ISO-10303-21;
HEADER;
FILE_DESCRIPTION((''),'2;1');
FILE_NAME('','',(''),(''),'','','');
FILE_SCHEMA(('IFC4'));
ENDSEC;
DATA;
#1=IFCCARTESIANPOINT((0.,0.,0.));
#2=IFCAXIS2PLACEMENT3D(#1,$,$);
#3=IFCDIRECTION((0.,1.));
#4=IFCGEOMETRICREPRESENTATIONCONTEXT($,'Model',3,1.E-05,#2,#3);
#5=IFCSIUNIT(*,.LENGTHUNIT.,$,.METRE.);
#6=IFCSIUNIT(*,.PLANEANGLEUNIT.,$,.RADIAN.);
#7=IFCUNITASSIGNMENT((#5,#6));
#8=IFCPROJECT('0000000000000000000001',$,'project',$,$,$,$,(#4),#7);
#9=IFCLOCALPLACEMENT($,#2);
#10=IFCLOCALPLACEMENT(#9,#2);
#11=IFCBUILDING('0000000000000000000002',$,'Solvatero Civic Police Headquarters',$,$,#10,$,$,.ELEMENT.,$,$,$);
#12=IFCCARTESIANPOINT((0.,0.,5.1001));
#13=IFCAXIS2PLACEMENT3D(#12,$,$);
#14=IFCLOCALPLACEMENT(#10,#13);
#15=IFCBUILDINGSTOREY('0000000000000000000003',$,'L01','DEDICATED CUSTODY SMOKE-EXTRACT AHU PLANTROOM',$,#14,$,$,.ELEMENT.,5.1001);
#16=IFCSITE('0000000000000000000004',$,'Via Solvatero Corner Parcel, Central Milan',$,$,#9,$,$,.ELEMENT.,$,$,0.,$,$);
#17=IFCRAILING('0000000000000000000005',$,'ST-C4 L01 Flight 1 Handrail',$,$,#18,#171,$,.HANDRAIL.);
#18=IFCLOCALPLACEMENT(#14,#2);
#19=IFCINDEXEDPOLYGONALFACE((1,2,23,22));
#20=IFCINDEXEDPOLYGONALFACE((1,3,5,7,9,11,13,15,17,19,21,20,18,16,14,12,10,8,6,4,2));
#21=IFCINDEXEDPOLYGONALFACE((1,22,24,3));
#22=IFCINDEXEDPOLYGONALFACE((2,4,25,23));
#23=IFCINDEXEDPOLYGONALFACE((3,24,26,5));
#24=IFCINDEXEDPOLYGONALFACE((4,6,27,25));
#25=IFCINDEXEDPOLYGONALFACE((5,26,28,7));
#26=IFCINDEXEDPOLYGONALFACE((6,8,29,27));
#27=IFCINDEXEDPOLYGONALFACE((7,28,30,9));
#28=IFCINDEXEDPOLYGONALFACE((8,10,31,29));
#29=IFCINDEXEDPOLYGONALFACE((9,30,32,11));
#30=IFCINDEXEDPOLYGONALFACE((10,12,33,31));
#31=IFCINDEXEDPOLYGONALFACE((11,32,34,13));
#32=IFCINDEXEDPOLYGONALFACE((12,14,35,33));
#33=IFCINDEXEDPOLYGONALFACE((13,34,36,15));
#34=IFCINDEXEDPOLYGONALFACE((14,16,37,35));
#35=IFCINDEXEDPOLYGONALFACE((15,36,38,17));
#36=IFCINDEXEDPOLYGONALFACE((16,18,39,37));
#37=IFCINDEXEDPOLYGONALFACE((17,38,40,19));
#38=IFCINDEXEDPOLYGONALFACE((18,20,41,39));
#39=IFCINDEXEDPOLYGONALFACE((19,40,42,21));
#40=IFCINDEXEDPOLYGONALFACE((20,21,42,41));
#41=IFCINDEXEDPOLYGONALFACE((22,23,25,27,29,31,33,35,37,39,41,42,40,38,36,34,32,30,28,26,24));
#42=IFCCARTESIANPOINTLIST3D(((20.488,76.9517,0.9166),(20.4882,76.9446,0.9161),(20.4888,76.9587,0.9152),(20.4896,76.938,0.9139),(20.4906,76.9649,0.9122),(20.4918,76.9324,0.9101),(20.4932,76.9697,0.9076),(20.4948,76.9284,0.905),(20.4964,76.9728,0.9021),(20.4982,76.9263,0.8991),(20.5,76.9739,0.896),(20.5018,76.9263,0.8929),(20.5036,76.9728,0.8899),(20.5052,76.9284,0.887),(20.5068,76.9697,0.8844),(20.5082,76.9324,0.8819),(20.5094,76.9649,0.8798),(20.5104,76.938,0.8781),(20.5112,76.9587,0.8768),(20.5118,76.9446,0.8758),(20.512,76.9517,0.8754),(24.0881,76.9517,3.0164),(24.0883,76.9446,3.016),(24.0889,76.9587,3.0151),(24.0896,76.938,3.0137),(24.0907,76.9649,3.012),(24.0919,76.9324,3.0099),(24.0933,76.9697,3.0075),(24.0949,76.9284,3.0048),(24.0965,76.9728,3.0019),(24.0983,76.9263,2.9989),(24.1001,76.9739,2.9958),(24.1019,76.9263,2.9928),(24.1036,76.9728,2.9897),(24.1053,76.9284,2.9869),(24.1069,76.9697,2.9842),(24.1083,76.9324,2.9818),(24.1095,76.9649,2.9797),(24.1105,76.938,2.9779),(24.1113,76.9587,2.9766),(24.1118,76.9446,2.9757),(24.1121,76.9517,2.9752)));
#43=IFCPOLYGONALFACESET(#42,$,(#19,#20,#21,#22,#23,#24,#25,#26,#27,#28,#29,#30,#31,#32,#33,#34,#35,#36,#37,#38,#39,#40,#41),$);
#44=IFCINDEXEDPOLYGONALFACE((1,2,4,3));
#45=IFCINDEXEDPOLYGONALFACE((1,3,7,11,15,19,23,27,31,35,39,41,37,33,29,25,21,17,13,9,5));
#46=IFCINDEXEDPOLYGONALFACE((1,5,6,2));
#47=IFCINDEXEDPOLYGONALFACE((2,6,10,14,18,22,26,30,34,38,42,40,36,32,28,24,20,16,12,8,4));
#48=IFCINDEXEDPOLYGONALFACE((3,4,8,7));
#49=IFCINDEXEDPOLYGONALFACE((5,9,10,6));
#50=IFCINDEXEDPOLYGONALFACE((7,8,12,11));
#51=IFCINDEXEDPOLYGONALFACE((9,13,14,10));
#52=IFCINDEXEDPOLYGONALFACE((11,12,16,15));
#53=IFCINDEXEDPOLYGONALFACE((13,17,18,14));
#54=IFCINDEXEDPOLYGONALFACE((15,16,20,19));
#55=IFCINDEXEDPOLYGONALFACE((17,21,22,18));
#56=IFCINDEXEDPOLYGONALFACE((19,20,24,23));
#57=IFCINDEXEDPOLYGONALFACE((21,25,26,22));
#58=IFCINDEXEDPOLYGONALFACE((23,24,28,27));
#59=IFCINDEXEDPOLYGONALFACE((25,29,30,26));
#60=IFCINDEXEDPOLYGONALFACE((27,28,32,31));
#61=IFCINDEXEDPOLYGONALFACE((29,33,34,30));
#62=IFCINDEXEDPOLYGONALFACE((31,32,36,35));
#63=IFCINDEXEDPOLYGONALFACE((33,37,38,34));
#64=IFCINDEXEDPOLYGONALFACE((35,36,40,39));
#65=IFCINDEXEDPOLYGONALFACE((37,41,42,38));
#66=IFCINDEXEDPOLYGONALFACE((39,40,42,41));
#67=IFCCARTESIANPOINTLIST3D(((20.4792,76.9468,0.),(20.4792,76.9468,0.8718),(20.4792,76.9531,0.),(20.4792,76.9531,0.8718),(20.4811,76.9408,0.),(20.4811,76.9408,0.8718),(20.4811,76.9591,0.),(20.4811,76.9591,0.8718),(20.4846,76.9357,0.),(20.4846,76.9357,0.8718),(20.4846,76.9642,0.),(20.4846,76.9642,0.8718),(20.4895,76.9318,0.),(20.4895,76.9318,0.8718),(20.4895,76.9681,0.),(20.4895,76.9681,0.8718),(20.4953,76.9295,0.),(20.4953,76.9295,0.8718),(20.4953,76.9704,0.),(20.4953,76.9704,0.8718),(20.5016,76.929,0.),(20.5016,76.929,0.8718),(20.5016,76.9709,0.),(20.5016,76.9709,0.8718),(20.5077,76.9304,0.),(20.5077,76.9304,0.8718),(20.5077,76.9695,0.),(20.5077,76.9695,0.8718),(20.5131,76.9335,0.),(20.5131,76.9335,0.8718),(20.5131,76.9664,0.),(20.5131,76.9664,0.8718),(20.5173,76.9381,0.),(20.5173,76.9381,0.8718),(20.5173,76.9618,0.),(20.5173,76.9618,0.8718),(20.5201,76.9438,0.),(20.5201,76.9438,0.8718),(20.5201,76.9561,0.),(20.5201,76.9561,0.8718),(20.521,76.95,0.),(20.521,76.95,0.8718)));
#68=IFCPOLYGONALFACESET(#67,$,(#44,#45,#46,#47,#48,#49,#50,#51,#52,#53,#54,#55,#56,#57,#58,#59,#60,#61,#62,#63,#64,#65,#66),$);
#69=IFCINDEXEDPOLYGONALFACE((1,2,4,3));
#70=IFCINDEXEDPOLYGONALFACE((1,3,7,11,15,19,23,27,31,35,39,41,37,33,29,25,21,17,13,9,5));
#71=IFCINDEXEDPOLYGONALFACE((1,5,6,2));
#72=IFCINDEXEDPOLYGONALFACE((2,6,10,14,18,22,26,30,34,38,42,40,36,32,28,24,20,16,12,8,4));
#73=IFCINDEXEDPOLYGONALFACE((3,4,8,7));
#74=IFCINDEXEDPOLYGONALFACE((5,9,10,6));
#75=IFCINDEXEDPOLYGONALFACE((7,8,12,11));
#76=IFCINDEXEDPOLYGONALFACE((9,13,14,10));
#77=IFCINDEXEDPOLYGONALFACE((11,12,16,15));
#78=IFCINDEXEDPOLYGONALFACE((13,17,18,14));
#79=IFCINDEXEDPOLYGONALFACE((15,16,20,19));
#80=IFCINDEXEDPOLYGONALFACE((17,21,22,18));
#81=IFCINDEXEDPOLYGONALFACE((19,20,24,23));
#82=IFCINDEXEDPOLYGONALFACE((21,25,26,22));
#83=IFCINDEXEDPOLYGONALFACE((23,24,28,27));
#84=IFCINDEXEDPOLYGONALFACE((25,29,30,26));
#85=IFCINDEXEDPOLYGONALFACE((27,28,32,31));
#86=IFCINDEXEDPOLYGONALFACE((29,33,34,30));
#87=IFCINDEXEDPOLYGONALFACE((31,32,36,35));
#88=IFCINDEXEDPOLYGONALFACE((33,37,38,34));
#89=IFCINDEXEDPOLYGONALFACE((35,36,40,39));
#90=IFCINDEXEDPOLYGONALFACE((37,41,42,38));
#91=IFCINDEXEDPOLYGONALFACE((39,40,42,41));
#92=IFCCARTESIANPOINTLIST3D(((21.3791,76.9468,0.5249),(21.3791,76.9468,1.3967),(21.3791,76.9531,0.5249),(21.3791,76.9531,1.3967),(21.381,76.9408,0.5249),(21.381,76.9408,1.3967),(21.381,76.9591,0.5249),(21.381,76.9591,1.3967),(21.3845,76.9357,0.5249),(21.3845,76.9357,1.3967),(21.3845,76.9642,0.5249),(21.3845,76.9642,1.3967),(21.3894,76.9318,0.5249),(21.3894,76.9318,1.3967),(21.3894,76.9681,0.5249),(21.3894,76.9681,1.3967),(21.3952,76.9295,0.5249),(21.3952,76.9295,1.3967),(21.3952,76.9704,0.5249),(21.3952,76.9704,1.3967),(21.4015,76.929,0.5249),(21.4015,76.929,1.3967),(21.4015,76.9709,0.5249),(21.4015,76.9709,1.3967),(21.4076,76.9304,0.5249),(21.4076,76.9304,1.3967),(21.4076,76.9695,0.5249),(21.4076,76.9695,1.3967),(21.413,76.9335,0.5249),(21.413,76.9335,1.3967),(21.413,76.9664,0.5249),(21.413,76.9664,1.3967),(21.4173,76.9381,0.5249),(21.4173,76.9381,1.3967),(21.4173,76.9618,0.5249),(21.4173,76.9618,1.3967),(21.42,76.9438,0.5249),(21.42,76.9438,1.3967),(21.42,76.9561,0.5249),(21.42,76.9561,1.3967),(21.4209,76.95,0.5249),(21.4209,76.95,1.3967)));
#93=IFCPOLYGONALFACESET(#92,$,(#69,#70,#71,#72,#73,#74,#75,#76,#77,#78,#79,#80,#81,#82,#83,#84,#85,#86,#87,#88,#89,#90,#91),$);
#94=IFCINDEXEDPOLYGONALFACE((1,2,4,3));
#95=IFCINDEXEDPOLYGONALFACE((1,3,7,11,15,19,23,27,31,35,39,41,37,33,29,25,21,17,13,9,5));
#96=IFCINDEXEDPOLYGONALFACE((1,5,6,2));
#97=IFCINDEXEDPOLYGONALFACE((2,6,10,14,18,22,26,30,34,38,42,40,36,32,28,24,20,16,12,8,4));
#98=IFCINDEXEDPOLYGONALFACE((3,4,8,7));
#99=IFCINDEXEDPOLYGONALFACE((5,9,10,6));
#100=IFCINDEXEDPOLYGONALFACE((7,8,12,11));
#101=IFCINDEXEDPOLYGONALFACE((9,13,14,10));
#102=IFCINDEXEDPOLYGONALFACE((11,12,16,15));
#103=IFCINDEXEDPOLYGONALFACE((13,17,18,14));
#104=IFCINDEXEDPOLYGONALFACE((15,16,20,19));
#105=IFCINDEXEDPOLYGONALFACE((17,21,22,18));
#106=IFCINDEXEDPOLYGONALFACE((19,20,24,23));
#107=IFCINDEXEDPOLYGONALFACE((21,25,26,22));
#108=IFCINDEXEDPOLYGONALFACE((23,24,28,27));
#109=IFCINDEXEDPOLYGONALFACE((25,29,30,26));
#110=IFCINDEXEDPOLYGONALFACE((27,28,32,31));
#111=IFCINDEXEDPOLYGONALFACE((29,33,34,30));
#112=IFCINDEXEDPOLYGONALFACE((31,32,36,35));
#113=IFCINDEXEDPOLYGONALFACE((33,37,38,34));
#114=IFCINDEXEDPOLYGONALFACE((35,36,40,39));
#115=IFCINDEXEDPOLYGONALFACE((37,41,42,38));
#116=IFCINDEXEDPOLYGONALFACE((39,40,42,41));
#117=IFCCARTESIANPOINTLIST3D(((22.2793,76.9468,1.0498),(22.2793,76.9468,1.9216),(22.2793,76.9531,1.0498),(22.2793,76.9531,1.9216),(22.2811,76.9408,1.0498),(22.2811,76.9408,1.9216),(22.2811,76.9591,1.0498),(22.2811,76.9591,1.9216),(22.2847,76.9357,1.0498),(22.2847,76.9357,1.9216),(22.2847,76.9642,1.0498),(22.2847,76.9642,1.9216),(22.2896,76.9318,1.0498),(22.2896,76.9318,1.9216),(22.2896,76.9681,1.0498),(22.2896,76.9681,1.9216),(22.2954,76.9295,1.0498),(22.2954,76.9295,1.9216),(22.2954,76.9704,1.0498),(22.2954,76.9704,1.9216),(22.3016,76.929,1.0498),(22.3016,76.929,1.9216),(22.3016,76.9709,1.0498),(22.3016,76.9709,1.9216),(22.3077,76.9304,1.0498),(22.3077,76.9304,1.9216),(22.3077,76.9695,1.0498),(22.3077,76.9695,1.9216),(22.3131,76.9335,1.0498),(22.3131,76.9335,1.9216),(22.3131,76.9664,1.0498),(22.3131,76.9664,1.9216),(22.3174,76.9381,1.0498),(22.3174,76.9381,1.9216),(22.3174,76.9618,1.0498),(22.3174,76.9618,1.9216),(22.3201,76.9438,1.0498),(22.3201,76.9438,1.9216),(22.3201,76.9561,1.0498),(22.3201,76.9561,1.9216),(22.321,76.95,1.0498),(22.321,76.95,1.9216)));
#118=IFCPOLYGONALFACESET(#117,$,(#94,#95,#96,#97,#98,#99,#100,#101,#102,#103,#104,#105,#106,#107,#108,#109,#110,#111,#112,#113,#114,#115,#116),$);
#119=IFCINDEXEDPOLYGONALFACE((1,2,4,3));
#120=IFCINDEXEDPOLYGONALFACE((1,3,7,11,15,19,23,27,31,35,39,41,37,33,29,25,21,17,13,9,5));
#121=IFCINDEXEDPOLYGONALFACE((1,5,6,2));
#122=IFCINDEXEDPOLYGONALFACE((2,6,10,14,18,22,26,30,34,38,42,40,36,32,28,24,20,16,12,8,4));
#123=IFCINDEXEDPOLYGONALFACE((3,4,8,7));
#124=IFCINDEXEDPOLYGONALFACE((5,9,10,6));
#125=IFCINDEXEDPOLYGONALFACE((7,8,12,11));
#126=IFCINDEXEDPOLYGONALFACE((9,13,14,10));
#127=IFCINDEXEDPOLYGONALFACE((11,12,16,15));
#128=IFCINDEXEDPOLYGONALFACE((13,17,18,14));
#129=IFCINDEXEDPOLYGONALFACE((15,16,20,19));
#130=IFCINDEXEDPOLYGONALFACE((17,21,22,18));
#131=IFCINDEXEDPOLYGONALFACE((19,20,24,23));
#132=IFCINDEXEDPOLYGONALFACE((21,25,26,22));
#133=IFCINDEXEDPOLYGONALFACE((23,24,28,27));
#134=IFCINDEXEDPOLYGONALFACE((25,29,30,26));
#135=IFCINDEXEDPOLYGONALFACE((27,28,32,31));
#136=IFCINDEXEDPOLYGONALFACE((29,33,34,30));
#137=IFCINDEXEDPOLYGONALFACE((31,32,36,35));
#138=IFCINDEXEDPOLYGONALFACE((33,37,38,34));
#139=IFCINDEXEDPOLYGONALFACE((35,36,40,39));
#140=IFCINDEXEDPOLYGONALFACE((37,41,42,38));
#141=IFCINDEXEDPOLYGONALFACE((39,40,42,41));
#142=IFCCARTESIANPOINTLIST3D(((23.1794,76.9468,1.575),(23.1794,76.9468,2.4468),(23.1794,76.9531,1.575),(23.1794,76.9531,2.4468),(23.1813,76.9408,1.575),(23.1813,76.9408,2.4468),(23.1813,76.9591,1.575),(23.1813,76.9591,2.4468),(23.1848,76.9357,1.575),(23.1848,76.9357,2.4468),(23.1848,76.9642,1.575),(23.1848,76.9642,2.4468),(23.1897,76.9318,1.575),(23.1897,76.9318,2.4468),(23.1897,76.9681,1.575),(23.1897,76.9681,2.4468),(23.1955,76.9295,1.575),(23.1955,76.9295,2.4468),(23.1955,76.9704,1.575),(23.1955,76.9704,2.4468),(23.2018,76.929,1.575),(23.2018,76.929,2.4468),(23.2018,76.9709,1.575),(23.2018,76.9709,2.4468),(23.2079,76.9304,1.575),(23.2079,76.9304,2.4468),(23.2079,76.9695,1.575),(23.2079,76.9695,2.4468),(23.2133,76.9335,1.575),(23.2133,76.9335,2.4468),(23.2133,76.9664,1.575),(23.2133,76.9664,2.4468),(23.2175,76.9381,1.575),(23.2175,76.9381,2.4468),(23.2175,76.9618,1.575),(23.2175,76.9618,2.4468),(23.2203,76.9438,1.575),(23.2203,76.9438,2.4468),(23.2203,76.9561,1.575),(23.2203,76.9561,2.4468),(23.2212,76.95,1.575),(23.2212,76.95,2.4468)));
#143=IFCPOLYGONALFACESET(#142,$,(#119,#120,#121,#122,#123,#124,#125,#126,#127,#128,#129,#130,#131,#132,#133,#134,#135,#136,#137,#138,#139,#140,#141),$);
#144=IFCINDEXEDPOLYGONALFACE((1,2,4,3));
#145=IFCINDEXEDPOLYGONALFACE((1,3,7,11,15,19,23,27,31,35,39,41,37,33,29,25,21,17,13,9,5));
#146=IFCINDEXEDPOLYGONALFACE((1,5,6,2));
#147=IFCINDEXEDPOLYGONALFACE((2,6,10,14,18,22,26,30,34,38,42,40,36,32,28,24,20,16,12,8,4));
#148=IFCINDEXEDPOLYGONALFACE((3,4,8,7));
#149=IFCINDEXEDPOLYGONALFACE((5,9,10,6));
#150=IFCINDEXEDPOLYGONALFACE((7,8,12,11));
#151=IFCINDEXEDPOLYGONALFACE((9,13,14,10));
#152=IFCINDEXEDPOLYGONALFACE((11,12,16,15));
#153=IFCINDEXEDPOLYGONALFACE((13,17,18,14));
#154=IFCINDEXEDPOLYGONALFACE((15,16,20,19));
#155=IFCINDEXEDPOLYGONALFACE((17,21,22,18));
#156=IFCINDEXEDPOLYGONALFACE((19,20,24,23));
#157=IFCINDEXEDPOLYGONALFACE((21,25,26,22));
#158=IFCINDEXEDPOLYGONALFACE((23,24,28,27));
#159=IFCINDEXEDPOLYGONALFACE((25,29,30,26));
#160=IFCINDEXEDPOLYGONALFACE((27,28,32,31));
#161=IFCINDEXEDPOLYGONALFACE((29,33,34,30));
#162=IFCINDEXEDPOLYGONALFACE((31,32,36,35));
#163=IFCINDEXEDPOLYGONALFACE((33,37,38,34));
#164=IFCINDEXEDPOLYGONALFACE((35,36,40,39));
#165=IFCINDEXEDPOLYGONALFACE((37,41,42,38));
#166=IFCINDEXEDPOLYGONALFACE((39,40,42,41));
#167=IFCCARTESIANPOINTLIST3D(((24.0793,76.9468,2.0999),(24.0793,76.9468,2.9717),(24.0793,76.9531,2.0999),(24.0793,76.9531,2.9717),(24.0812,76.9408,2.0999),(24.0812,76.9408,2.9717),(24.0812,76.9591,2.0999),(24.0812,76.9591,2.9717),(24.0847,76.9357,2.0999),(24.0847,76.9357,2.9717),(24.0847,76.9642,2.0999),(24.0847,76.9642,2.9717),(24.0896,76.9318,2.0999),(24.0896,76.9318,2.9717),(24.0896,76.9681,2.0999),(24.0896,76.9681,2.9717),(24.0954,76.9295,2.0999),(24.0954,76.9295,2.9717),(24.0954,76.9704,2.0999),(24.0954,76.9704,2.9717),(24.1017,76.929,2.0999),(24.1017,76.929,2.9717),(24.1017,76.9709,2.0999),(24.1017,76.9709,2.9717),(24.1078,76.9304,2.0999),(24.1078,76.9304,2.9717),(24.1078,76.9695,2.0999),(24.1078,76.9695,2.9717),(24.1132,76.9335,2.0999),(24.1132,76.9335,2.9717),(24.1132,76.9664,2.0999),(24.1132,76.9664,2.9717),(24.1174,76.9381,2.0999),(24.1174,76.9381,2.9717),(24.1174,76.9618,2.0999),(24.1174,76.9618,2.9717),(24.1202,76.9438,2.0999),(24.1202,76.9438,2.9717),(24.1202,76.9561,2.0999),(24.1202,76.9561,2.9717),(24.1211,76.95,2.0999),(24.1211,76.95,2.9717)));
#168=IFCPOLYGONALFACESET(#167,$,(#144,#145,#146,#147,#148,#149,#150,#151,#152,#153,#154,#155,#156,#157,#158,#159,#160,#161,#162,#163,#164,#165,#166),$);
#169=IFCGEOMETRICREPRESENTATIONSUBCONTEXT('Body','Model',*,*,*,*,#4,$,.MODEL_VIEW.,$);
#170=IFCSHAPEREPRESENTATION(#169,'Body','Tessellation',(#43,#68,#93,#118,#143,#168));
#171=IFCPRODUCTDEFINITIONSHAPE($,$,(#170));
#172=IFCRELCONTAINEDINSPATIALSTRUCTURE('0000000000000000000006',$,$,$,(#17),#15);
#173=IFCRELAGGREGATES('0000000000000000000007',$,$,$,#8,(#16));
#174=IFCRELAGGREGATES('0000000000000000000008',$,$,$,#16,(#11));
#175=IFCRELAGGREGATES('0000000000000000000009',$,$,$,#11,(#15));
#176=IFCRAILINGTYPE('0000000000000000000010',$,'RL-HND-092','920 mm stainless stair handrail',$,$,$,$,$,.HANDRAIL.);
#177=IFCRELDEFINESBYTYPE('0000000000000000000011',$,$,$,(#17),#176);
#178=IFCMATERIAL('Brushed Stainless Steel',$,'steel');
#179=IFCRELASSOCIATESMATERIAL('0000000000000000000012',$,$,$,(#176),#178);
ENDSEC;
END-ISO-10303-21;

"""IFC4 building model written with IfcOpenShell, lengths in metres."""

from ifc_helpers import new_model, si_unit, direction, frame, origin, origin_2d, place, context, subcontext, project, spatial, circle, extrude, material, type_object, element, save


model = new_model("IFC4")

# Units and contexts
model_context = context("Model", 3, precision=1e-05, world=origin(), true_north=direction((0.0, 1.0)))
body_context = subcontext(model_context, "Body", "Model", "MODEL_VIEW")
ifc_project = project(units=[si_unit("LENGTHUNIT", "METRE"), si_unit("PLANEANGLEUNIT", "RADIAN")], contexts=[model_context])

# Site, building, storey
site_placement = place(None, origin())
site = spatial("IfcSite", under=ifc_project, at=site_placement, Name="Via Solvatero Corner Parcel, Central Milan", CompositionType="ELEMENT", RefElevation=0.0)
building_placement = place(site_placement, origin())
building = spatial("IfcBuilding", under=site, at=building_placement, Name="Solvatero Civic Police Headquarters", CompositionType="ELEMENT")
storey_placement = place(building_placement, frame((0.0, 0.0, 5.1001)))
storey = spatial("IfcBuildingStorey", under=building, at=storey_placement, Name="L01", Description="DEDICATED CUSTODY SMOKE-EXTRACT AHU PLANTROOM", CompositionType="ELEMENT", Elevation=5.1001)

# Railing
ifc_material_1 = material(Name="Brushed Stainless Steel", Category="steel")
railing_type_1 = type_object("IfcRailingType", Name="RL-HND-092", Description="920 mm stainless stair handrail", PredefinedType="HANDRAIL", material=ifc_material_1)
railing_1_placement = place(storey_placement, frame((20.5, 76.95, 0.0)))
element("IfcRailing", 1, at=railing_1_placement, inside=storey, type_object=railing_type_1, Name="ST-C4 L01 Flight 1 Handrail", PredefinedType="HANDRAIL", context=body_context, shape_type="SweptSolid", body=[
    extrude(circle(Radius=0.0239, at=origin_2d()), frame((0.0, 0.0, 0.896), z_axis=(0.8638, 0.0, 0.503835), x_axis=(0.0, 1.0, 0.0)), (0.0, 0.0, 1.0), 4.1677),
    extrude(circle(Radius=0.021, at=origin_2d()), origin(), (0.0, 0.0, 1.0), 0.8718),
    extrude(circle(Radius=0.021, at=origin_2d()), frame((0.8999, 0.0, 0.5249)), (0.0, 0.0, 1.0), 0.8718),
    extrude(circle(Radius=0.021, at=origin_2d()), frame((1.8, 0.0, 1.0498)), (0.0, 0.0, 1.0), 0.8718),
    extrude(circle(Radius=0.021, at=origin_2d()), frame((2.7002, 0.0, 1.575)), (0.0, 0.0, 1.0), 0.8718),
    extrude(circle(Radius=0.021, at=origin_2d()), frame((3.6001, 0.0, 2.0999)), (0.0, 0.0, 1.0), 0.8718),
])

save(model, "model.ifc")
